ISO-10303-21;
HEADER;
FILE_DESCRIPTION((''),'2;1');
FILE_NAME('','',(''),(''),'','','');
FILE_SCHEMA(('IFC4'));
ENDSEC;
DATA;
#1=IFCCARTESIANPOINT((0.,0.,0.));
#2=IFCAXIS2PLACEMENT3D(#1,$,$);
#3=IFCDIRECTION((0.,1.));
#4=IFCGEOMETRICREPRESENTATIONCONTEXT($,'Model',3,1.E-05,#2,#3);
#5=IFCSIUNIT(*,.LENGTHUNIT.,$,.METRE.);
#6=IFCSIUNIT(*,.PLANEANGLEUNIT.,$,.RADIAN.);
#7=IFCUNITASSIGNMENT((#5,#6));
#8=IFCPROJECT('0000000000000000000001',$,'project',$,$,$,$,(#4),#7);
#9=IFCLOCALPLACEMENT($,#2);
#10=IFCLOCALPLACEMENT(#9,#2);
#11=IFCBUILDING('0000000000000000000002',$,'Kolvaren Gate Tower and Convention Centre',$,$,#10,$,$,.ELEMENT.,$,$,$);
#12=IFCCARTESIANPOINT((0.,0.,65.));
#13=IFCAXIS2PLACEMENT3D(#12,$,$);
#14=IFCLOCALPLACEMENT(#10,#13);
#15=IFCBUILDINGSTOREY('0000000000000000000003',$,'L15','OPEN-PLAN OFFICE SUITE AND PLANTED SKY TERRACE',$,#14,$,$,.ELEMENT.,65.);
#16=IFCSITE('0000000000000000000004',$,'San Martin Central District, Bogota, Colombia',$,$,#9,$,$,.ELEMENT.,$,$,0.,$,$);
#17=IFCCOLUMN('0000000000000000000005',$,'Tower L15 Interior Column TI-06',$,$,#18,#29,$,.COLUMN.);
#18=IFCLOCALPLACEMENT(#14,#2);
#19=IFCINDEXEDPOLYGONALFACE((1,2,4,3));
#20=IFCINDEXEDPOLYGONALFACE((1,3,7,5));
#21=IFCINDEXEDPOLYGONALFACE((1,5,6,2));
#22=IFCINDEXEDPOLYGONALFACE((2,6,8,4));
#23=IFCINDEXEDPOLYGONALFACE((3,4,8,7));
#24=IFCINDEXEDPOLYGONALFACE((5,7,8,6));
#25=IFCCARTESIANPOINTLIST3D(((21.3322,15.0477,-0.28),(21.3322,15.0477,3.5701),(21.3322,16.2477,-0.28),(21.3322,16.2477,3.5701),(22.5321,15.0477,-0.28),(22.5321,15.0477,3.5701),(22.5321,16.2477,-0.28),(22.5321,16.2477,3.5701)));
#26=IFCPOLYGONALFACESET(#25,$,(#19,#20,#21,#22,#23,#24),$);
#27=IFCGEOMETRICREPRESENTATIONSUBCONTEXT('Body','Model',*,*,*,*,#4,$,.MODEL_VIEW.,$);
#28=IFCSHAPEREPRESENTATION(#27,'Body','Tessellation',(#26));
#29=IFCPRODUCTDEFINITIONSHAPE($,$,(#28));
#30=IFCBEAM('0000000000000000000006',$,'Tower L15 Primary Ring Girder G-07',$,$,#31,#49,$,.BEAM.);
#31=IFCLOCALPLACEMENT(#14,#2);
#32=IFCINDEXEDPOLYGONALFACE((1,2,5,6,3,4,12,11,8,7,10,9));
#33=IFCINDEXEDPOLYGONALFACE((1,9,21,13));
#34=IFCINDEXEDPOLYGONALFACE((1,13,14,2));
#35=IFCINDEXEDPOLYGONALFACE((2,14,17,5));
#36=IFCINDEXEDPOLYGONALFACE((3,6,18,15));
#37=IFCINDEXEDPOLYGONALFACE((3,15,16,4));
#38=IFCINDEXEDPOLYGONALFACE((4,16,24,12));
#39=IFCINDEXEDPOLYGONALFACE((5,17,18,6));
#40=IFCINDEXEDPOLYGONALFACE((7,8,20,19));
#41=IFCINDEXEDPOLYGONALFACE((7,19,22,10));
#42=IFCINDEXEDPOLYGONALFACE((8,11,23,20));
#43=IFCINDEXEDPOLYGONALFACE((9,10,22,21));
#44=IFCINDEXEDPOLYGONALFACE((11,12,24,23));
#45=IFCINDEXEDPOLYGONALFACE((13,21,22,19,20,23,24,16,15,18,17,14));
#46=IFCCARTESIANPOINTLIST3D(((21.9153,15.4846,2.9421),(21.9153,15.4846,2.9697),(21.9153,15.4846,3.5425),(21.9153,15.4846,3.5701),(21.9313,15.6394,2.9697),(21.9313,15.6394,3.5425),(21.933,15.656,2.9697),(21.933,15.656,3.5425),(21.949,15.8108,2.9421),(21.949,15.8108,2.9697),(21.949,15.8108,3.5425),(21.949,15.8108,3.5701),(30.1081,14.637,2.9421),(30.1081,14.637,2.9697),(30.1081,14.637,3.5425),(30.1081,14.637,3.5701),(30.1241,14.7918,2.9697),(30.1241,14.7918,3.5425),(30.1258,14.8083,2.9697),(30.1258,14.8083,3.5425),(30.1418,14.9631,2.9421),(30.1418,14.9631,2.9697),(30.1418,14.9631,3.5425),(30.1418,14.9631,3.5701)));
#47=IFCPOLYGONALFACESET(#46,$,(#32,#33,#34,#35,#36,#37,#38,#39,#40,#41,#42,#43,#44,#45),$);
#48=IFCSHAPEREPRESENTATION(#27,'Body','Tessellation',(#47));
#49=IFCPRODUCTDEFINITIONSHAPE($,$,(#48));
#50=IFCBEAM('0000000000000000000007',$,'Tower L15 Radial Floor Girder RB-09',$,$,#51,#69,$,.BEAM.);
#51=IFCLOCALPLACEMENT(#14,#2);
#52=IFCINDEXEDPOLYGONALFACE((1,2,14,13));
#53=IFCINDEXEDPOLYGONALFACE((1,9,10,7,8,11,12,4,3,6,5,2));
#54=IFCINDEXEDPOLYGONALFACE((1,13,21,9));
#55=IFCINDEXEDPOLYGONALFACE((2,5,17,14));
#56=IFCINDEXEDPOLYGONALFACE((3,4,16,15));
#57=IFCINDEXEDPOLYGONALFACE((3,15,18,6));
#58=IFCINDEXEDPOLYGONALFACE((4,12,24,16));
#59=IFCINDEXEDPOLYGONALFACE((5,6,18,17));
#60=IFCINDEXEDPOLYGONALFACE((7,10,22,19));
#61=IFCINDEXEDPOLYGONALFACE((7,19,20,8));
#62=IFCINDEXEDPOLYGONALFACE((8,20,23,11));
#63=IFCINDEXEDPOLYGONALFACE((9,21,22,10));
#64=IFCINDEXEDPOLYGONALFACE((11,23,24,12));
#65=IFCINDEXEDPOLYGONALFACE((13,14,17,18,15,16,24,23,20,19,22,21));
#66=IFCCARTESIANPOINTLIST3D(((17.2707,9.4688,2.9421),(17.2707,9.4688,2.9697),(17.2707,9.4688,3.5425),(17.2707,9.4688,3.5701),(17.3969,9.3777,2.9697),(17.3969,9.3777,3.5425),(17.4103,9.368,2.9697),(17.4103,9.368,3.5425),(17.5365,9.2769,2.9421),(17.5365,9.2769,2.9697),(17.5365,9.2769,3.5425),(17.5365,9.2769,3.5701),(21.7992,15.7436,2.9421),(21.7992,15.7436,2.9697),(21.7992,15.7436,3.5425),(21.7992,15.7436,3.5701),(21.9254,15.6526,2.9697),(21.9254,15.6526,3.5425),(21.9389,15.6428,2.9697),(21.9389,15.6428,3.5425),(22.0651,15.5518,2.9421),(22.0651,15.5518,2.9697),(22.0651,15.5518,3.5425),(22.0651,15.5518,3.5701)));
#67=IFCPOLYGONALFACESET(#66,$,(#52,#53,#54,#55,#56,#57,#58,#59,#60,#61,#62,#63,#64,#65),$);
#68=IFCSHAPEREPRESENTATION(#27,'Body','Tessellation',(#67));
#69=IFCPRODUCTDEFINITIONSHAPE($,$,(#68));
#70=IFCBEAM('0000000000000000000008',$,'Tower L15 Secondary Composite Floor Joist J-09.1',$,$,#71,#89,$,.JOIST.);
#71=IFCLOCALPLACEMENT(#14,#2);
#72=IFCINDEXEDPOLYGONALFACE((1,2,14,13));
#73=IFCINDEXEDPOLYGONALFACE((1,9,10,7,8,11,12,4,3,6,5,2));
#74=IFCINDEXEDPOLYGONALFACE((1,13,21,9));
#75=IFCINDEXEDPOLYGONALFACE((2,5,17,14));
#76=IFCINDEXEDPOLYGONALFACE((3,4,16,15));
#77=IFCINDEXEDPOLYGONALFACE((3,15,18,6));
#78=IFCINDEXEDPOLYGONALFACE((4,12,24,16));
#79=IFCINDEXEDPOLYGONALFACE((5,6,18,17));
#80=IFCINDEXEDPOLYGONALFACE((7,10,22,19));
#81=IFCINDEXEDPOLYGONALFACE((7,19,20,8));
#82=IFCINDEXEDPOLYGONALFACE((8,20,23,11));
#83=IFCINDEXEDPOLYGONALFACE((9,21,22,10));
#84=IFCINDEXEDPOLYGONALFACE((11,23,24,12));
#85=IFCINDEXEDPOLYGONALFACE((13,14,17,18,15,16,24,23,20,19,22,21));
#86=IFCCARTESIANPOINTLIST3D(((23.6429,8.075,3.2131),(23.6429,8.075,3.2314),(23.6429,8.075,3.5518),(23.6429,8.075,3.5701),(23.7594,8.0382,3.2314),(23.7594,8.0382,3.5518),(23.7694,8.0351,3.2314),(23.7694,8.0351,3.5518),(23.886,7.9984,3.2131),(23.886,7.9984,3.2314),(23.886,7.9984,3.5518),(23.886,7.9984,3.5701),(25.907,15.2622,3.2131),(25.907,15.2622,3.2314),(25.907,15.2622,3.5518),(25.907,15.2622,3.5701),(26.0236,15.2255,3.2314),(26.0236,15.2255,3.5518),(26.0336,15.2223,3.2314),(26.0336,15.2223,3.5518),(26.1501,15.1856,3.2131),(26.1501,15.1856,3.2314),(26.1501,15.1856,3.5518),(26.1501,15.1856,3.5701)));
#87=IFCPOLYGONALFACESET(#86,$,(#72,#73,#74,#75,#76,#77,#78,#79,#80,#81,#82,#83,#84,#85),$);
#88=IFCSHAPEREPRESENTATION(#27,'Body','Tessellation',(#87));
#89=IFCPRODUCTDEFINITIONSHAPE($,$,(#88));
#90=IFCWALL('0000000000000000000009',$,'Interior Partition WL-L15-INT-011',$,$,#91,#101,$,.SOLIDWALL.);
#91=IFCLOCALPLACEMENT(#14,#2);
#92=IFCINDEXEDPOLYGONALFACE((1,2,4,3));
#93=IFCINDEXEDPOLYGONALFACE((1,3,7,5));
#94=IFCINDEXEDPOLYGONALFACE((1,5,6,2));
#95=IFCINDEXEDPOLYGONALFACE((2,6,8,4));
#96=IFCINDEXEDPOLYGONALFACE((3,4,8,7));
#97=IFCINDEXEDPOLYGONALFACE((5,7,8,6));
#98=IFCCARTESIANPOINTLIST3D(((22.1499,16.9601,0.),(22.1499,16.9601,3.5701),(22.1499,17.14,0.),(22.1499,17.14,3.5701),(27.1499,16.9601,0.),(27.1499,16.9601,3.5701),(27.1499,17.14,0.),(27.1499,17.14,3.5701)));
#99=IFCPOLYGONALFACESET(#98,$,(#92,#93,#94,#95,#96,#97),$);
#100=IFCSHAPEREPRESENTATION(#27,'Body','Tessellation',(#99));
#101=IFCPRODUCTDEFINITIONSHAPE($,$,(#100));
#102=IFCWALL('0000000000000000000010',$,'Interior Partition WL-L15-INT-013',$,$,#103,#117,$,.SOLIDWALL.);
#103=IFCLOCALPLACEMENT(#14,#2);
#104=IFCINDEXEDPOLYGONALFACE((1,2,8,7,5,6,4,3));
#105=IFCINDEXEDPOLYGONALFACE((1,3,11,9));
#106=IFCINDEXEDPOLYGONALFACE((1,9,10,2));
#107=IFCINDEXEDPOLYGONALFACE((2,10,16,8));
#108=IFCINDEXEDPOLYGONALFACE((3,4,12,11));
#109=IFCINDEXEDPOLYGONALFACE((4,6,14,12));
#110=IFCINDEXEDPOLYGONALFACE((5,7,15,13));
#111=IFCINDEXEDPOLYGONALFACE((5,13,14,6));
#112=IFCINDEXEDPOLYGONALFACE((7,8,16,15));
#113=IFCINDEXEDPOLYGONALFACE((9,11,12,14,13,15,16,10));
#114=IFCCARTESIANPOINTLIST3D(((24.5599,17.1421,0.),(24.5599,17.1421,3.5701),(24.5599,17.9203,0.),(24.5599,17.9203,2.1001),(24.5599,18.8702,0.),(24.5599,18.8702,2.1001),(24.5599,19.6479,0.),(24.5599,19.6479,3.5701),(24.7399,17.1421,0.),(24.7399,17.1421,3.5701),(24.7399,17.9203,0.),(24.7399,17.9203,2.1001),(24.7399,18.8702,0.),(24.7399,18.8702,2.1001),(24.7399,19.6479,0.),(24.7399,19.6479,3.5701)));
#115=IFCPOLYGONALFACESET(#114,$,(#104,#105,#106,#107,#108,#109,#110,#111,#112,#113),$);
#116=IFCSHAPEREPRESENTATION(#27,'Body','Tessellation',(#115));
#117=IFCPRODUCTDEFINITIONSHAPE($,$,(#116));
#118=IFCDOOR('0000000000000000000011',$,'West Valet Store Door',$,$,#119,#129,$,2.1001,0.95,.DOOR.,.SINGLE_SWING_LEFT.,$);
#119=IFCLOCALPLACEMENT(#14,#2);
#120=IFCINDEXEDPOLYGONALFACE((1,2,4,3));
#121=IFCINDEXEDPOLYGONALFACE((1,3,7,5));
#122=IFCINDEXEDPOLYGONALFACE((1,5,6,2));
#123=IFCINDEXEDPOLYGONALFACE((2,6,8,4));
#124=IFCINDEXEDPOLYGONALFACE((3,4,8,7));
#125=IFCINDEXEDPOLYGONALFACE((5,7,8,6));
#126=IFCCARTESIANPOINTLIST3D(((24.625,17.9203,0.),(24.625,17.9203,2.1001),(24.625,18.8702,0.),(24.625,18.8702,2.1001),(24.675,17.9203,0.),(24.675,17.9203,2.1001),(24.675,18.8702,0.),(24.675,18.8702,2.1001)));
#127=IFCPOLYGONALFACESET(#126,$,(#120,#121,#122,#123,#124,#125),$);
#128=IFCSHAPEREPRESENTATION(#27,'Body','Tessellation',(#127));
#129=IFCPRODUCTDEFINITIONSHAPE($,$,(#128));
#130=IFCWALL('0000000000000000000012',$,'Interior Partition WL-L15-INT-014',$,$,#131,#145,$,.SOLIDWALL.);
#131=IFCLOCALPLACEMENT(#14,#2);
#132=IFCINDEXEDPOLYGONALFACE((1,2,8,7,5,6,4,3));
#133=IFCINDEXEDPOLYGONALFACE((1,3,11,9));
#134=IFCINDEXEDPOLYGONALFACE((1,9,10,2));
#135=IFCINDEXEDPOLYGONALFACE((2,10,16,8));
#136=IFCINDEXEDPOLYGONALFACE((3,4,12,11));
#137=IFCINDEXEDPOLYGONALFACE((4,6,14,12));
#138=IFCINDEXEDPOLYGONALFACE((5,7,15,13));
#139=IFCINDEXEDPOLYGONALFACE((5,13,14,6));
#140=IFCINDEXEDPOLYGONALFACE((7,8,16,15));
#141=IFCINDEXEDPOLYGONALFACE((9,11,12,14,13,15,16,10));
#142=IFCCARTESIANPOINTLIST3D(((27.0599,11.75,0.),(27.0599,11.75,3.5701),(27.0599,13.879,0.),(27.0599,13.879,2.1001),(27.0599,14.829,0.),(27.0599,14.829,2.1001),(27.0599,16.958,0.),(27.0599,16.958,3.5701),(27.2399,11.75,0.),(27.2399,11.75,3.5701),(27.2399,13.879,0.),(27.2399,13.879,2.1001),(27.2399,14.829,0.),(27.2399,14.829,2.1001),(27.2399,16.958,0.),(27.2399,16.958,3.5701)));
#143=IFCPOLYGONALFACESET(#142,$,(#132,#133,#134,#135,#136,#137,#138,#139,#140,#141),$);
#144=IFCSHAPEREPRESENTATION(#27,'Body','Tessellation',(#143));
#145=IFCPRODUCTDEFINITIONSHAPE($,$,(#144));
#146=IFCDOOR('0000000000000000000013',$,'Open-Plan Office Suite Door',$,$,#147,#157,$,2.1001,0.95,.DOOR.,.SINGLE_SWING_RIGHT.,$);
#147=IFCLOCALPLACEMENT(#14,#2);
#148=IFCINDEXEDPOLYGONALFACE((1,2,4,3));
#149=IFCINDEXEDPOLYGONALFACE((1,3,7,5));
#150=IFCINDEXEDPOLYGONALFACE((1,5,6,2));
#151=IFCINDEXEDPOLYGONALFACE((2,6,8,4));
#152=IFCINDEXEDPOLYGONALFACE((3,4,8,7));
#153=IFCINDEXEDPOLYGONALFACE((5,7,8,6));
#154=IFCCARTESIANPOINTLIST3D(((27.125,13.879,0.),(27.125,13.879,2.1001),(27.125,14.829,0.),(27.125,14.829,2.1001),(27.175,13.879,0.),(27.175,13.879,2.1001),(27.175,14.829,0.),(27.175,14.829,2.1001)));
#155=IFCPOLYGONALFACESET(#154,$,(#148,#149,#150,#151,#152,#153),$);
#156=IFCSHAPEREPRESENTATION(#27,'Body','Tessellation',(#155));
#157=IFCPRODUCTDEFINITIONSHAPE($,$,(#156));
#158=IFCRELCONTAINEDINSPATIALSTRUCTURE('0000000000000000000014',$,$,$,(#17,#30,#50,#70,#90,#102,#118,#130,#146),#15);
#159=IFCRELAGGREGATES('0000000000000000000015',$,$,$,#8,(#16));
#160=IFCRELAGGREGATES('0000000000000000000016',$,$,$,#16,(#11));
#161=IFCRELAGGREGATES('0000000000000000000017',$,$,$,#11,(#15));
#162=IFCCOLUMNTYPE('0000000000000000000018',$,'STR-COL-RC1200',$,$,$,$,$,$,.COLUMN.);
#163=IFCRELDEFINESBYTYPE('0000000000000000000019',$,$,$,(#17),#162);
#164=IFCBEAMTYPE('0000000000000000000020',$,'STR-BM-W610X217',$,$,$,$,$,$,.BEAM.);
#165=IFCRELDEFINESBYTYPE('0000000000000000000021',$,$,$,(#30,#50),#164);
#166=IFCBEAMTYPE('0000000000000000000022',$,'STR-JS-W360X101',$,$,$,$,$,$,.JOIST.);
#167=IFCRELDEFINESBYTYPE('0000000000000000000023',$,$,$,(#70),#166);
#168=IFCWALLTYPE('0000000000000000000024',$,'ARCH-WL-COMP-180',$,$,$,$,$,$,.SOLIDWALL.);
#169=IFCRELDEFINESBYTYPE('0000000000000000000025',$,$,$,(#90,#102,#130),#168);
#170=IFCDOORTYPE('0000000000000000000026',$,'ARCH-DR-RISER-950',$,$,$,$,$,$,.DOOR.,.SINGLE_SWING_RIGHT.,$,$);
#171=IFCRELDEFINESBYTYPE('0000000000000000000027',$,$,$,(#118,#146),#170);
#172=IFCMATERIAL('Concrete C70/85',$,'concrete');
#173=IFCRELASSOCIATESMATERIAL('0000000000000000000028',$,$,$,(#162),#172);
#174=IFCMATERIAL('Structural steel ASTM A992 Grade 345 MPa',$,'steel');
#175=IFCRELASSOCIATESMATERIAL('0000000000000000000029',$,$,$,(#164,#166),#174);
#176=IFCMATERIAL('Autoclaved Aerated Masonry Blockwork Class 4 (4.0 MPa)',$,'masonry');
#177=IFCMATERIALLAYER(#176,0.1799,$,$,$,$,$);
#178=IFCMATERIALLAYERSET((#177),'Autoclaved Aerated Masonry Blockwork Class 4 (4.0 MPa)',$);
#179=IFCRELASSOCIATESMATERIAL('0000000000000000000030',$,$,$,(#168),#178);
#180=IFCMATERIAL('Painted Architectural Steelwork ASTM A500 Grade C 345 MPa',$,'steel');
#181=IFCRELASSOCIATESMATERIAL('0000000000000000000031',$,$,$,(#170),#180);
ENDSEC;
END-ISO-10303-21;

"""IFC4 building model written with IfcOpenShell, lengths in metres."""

from ifc_helpers import new_model, si_unit, direction, frame, frame_2d, origin, origin_2d, place, context, subcontext, project, spatial, rectangle, i_section, extrude, material, layer, layer_set, material_profile, profile_set, type_object, element, fill, save


model = new_model("IFC4")

# Units and contexts
model_context = context("Model", 3, precision=1e-05, world=origin(), true_north=direction((0.0, 1.0)))
body_context = subcontext(model_context, "Body", "Model", "MODEL_VIEW")
ifc_project = project(units=[si_unit("LENGTHUNIT", "METRE"), si_unit("PLANEANGLEUNIT", "RADIAN")], contexts=[model_context])

# Site, building, storey
site_placement = place(None, origin())
site = spatial("IfcSite", under=ifc_project, at=site_placement, Name="San Martin Central District, Bogota, Colombia", CompositionType="ELEMENT", RefElevation=0.0)
building_placement = place(site_placement, origin())
building = spatial("IfcBuilding", under=site, at=building_placement, Name="Kolvaren Gate Tower and Convention Centre", CompositionType="ELEMENT")
storey_placement = place(building_placement, frame((0.0, 0.0, 65.0)))
storey = spatial("IfcBuildingStorey", under=building, at=storey_placement, Name="L15", Description="OPEN-PLAN OFFICE SUITE AND PLANTED SKY TERRACE", CompositionType="ELEMENT", Elevation=65.0)

# Column
ifc_material_1 = material(Name="Concrete C70/85", Category="concrete")
ifc_material_profile_1 = material_profile(ifc_material_1, rectangle(XDim=1.2, YDim=1.2, at=origin_2d()), Name="RC-COL-1200X1200")
ifc_profile_set_1 = profile_set([ifc_material_profile_1], Name="Concrete C70/85")
column_type = type_object("IfcColumnType", Name="STR-COL-RC1200", PredefinedType="COLUMN", material=ifc_profile_set_1)
column_placement = place(storey_placement, frame((21.9321, 15.6477, -0.28), z_axis=(0.0, 0.0, 1.0), x_axis=(1.0, 0.0, 0.0)))
element("IfcColumn", 1, at=column_placement, inside=storey, type_object=column_type, Name="Tower L15 Interior Column TI-06", PredefinedType="COLUMN", context=body_context, shape_type="SweptSolid", body=[
    extrude(rectangle(XDim=1.2, YDim=1.2, at=origin_2d()), origin(), (0.0, 0.0, 1.0), 3.8501),
])

# Beams
ifc_material_2 = material(Name="Structural steel ASTM A992 Grade 345 MPa", Category="steel")
ifc_material_profile_2 = material_profile(ifc_material_2, i_section(OverallWidth=0.3279, OverallDepth=0.6279, WebThickness=0.0166, FlangeThickness=0.0276, at=origin_2d()), Name="W610X217")
ifc_profile_set_2 = profile_set([ifc_material_profile_2], Name="Structural steel ASTM A992 Grade 345 MPa")
beam_type_1 = type_object("IfcBeamType", Name="STR-BM-W610X217", PredefinedType="BEAM", material=ifc_profile_set_2)
beam_1_placement = place(storey_placement, frame((21.9321, 15.6477, 3.2561), z_axis=(0.99469, -0.102913, 0.0), x_axis=(0.102913, 0.99469, 0.0)))
element("IfcBeam", 2, at=beam_1_placement, inside=storey, type_object=beam_type_1, Name="Tower L15 Primary Ring Girder G-07", PredefinedType="BEAM", context=body_context, shape_type="SweptSolid", body=[
    extrude(i_section(OverallWidth=0.3279, OverallDepth=0.6279, WebThickness=0.0166, FlangeThickness=0.0276, at=origin_2d()), origin(), (0.0, 0.0, 1.0), 8.2366),
])
beam_2_placement = place(storey_placement, frame((21.9321, 15.6477, 3.2561), z_axis=(-0.585209, -0.810882, 0.0), x_axis=(0.810882, -0.585209, 0.0)))
element("IfcBeam", 3, at=beam_2_placement, inside=storey, type_object=beam_type_1, Name="Tower L15 Radial Floor Girder RB-09", PredefinedType="BEAM", context=body_context, shape_type="SweptSolid", body=[
    extrude(i_section(OverallWidth=0.3279, OverallDepth=0.6279, WebThickness=0.0166, FlangeThickness=0.0276, at=origin_2d()), origin(), (0.0, 0.0, 1.0), 7.7383),
])
ifc_material_profile_3 = material_profile(ifc_material_2, i_section(OverallWidth=0.2549, OverallDepth=0.3569, WebThickness=0.0105, FlangeThickness=0.0183, at=origin_2d()), Name="W360X101")
ifc_profile_set_3 = profile_set([ifc_material_profile_3], Name="Structural steel ASTM A992 Grade 345 MPa")
beam_type_2 = type_object("IfcBeamType", Name="STR-JS-W360X101", PredefinedType="JOIST", material=ifc_profile_set_3)
beam_3_placement = place(storey_placement, frame((26.0286, 15.2239, 3.3916), z_axis=(-0.300468, -0.953792, 0.0), x_axis=(0.953792, -0.300468, 0.0)))
element("IfcBeam", 4, at=beam_3_placement, inside=storey, type_object=beam_type_2, Name="Tower L15 Secondary Composite Floor Joist J-09.1", PredefinedType="JOIST", context=body_context, shape_type="SweptSolid", body=[
    extrude(i_section(OverallWidth=0.2549, OverallDepth=0.3569, WebThickness=0.0105, FlangeThickness=0.0183, at=origin_2d()), origin(), (0.0, 0.0, 1.0), 7.5354),
])

# Wall
ifc_material_3 = material(Name="Autoclaved Aerated Masonry Blockwork Class 4 (4.0 MPa)", Category="masonry")
ifc_layer_1 = layer(ifc_material_3, 0.1799)
ifc_layer_set_1 = layer_set([ifc_layer_1], Name="Autoclaved Aerated Masonry Blockwork Class 4 (4.0 MPa)")
wall_type_1 = type_object("IfcWallType", Name="ARCH-WL-COMP-180", PredefinedType="SOLIDWALL", material=ifc_layer_set_1)
wall_1_placement = place(storey_placement, frame((22.1499, 17.05, 0.0), z_axis=(0.0, 0.0, 1.0), x_axis=(1.0, 0.0, 0.0)))
element("IfcWall", 5, at=wall_1_placement, inside=storey, type_object=wall_type_1, Name="Interior Partition WL-L15-INT-011", PredefinedType="SOLIDWALL", context=body_context, shape_type="SweptSolid", body=[
    extrude(rectangle(XDim=5.0, YDim=0.1799, at=frame_2d((2.5, 0.0))), origin(), (0.0, 0.0, 1.0), 3.5701),
])

# Walls, openings, doors
wall_2_placement = place(storey_placement, frame((24.6499, 17.1421, 0.0), z_axis=(0.0, 0.0, 1.0), x_axis=(0.0, 1.0, 0.0)))
wall_2 = element("IfcWall", 6, at=wall_2_placement, inside=storey, type_object=wall_type_1, Name="Interior Partition WL-L15-INT-013", PredefinedType="SOLIDWALL", context=body_context, shape_type="SweptSolid", body=[
    extrude(rectangle(XDim=2.5059, YDim=0.1799, at=frame_2d((1.2529, 0.0))), origin(), (0.0, 0.0, 1.0), 3.5701),
])
opening_1_placement = place(wall_2_placement, frame((0.7781, 0.0, 0.0)))
opening_1 = element("IfcOpeningElement", 7, at=opening_1_placement, cuts=wall_2, PredefinedType="OPENING", context=body_context, shape_type="SweptSolid", body=[
    extrude(rectangle(XDim=0.95, YDim=2.1001, at=frame_2d((0.4751, 1.05))), frame((0.0, 0.0999, 0.0), z_axis=(0.0, -1.0, 0.0), x_axis=(1.0, 0.0, 0.0)), (0.0, 0.0, 1.0), 0.2),
])
ifc_material_4 = material(Name="Painted Architectural Steelwork ASTM A500 Grade C 345 MPa", Category="steel")
door_type = type_object("IfcDoorType", Name="ARCH-DR-RISER-950", OperationType="SINGLE_SWING_RIGHT", PredefinedType="DOOR", material=ifc_material_4)
door_1_placement = place(opening_1_placement, origin())
door_1 = element("IfcDoor", 8, at=door_1_placement, inside=storey, type_object=door_type, Name="West Valet Store Door", OperationType="SINGLE_SWING_LEFT", OverallHeight=2.1001, OverallWidth=0.95, PredefinedType="DOOR", context=body_context, shape_type="SweptSolid", body=[
    extrude(rectangle(XDim=0.95, YDim=2.1001, at=frame_2d((0.4751, 1.05))), frame((0.0, 0.0249, 0.0), z_axis=(0.0, -1.0, 0.0), x_axis=(1.0, 0.0, 0.0)), (0.0, 0.0, 1.0), 0.05),
])
fill(opening_1, door_1)
wall_3_placement = place(storey_placement, frame((27.1499, 11.75, 0.0), z_axis=(0.0, 0.0, 1.0), x_axis=(0.0, 1.0, 0.0)))
wall_3 = element("IfcWall", 9, at=wall_3_placement, inside=storey, type_object=wall_type_1, Name="Interior Partition WL-L15-INT-014", PredefinedType="SOLIDWALL", context=body_context, shape_type="SweptSolid", body=[
    extrude(rectangle(XDim=5.208, YDim=0.1799, at=frame_2d((2.604, 0.0))), origin(), (0.0, 0.0, 1.0), 3.5701),
])
opening_2_placement = place(wall_3_placement, frame((2.1289, 0.0, 0.0)))
opening_2 = element("IfcOpeningElement", 10, at=opening_2_placement, cuts=wall_3, PredefinedType="OPENING", context=body_context, shape_type="SweptSolid", body=[
    extrude(rectangle(XDim=0.95, YDim=2.1001, at=frame_2d((0.4751, 1.05))), frame((0.0, 0.0999, 0.0), z_axis=(0.0, -1.0, 0.0), x_axis=(1.0, 0.0, 0.0)), (0.0, 0.0, 1.0), 0.2),
])
door_2_placement = place(opening_2_placement, origin())
door_2 = element("IfcDoor", 11, at=door_2_placement, inside=storey, type_object=door_type, Name="Open-Plan Office Suite Door", OperationType="SINGLE_SWING_RIGHT", OverallHeight=2.1001, OverallWidth=0.95, PredefinedType="DOOR", context=body_context, shape_type="SweptSolid", body=[
    extrude(rectangle(XDim=0.95, YDim=2.1001, at=frame_2d((0.4751, 1.05))), frame((0.0, 0.0249, 0.0), z_axis=(0.0, -1.0, 0.0), x_axis=(1.0, 0.0, 0.0)), (0.0, 0.0, 1.0), 0.05),
])
fill(opening_2, door_2)

save(model, "model.ifc")
